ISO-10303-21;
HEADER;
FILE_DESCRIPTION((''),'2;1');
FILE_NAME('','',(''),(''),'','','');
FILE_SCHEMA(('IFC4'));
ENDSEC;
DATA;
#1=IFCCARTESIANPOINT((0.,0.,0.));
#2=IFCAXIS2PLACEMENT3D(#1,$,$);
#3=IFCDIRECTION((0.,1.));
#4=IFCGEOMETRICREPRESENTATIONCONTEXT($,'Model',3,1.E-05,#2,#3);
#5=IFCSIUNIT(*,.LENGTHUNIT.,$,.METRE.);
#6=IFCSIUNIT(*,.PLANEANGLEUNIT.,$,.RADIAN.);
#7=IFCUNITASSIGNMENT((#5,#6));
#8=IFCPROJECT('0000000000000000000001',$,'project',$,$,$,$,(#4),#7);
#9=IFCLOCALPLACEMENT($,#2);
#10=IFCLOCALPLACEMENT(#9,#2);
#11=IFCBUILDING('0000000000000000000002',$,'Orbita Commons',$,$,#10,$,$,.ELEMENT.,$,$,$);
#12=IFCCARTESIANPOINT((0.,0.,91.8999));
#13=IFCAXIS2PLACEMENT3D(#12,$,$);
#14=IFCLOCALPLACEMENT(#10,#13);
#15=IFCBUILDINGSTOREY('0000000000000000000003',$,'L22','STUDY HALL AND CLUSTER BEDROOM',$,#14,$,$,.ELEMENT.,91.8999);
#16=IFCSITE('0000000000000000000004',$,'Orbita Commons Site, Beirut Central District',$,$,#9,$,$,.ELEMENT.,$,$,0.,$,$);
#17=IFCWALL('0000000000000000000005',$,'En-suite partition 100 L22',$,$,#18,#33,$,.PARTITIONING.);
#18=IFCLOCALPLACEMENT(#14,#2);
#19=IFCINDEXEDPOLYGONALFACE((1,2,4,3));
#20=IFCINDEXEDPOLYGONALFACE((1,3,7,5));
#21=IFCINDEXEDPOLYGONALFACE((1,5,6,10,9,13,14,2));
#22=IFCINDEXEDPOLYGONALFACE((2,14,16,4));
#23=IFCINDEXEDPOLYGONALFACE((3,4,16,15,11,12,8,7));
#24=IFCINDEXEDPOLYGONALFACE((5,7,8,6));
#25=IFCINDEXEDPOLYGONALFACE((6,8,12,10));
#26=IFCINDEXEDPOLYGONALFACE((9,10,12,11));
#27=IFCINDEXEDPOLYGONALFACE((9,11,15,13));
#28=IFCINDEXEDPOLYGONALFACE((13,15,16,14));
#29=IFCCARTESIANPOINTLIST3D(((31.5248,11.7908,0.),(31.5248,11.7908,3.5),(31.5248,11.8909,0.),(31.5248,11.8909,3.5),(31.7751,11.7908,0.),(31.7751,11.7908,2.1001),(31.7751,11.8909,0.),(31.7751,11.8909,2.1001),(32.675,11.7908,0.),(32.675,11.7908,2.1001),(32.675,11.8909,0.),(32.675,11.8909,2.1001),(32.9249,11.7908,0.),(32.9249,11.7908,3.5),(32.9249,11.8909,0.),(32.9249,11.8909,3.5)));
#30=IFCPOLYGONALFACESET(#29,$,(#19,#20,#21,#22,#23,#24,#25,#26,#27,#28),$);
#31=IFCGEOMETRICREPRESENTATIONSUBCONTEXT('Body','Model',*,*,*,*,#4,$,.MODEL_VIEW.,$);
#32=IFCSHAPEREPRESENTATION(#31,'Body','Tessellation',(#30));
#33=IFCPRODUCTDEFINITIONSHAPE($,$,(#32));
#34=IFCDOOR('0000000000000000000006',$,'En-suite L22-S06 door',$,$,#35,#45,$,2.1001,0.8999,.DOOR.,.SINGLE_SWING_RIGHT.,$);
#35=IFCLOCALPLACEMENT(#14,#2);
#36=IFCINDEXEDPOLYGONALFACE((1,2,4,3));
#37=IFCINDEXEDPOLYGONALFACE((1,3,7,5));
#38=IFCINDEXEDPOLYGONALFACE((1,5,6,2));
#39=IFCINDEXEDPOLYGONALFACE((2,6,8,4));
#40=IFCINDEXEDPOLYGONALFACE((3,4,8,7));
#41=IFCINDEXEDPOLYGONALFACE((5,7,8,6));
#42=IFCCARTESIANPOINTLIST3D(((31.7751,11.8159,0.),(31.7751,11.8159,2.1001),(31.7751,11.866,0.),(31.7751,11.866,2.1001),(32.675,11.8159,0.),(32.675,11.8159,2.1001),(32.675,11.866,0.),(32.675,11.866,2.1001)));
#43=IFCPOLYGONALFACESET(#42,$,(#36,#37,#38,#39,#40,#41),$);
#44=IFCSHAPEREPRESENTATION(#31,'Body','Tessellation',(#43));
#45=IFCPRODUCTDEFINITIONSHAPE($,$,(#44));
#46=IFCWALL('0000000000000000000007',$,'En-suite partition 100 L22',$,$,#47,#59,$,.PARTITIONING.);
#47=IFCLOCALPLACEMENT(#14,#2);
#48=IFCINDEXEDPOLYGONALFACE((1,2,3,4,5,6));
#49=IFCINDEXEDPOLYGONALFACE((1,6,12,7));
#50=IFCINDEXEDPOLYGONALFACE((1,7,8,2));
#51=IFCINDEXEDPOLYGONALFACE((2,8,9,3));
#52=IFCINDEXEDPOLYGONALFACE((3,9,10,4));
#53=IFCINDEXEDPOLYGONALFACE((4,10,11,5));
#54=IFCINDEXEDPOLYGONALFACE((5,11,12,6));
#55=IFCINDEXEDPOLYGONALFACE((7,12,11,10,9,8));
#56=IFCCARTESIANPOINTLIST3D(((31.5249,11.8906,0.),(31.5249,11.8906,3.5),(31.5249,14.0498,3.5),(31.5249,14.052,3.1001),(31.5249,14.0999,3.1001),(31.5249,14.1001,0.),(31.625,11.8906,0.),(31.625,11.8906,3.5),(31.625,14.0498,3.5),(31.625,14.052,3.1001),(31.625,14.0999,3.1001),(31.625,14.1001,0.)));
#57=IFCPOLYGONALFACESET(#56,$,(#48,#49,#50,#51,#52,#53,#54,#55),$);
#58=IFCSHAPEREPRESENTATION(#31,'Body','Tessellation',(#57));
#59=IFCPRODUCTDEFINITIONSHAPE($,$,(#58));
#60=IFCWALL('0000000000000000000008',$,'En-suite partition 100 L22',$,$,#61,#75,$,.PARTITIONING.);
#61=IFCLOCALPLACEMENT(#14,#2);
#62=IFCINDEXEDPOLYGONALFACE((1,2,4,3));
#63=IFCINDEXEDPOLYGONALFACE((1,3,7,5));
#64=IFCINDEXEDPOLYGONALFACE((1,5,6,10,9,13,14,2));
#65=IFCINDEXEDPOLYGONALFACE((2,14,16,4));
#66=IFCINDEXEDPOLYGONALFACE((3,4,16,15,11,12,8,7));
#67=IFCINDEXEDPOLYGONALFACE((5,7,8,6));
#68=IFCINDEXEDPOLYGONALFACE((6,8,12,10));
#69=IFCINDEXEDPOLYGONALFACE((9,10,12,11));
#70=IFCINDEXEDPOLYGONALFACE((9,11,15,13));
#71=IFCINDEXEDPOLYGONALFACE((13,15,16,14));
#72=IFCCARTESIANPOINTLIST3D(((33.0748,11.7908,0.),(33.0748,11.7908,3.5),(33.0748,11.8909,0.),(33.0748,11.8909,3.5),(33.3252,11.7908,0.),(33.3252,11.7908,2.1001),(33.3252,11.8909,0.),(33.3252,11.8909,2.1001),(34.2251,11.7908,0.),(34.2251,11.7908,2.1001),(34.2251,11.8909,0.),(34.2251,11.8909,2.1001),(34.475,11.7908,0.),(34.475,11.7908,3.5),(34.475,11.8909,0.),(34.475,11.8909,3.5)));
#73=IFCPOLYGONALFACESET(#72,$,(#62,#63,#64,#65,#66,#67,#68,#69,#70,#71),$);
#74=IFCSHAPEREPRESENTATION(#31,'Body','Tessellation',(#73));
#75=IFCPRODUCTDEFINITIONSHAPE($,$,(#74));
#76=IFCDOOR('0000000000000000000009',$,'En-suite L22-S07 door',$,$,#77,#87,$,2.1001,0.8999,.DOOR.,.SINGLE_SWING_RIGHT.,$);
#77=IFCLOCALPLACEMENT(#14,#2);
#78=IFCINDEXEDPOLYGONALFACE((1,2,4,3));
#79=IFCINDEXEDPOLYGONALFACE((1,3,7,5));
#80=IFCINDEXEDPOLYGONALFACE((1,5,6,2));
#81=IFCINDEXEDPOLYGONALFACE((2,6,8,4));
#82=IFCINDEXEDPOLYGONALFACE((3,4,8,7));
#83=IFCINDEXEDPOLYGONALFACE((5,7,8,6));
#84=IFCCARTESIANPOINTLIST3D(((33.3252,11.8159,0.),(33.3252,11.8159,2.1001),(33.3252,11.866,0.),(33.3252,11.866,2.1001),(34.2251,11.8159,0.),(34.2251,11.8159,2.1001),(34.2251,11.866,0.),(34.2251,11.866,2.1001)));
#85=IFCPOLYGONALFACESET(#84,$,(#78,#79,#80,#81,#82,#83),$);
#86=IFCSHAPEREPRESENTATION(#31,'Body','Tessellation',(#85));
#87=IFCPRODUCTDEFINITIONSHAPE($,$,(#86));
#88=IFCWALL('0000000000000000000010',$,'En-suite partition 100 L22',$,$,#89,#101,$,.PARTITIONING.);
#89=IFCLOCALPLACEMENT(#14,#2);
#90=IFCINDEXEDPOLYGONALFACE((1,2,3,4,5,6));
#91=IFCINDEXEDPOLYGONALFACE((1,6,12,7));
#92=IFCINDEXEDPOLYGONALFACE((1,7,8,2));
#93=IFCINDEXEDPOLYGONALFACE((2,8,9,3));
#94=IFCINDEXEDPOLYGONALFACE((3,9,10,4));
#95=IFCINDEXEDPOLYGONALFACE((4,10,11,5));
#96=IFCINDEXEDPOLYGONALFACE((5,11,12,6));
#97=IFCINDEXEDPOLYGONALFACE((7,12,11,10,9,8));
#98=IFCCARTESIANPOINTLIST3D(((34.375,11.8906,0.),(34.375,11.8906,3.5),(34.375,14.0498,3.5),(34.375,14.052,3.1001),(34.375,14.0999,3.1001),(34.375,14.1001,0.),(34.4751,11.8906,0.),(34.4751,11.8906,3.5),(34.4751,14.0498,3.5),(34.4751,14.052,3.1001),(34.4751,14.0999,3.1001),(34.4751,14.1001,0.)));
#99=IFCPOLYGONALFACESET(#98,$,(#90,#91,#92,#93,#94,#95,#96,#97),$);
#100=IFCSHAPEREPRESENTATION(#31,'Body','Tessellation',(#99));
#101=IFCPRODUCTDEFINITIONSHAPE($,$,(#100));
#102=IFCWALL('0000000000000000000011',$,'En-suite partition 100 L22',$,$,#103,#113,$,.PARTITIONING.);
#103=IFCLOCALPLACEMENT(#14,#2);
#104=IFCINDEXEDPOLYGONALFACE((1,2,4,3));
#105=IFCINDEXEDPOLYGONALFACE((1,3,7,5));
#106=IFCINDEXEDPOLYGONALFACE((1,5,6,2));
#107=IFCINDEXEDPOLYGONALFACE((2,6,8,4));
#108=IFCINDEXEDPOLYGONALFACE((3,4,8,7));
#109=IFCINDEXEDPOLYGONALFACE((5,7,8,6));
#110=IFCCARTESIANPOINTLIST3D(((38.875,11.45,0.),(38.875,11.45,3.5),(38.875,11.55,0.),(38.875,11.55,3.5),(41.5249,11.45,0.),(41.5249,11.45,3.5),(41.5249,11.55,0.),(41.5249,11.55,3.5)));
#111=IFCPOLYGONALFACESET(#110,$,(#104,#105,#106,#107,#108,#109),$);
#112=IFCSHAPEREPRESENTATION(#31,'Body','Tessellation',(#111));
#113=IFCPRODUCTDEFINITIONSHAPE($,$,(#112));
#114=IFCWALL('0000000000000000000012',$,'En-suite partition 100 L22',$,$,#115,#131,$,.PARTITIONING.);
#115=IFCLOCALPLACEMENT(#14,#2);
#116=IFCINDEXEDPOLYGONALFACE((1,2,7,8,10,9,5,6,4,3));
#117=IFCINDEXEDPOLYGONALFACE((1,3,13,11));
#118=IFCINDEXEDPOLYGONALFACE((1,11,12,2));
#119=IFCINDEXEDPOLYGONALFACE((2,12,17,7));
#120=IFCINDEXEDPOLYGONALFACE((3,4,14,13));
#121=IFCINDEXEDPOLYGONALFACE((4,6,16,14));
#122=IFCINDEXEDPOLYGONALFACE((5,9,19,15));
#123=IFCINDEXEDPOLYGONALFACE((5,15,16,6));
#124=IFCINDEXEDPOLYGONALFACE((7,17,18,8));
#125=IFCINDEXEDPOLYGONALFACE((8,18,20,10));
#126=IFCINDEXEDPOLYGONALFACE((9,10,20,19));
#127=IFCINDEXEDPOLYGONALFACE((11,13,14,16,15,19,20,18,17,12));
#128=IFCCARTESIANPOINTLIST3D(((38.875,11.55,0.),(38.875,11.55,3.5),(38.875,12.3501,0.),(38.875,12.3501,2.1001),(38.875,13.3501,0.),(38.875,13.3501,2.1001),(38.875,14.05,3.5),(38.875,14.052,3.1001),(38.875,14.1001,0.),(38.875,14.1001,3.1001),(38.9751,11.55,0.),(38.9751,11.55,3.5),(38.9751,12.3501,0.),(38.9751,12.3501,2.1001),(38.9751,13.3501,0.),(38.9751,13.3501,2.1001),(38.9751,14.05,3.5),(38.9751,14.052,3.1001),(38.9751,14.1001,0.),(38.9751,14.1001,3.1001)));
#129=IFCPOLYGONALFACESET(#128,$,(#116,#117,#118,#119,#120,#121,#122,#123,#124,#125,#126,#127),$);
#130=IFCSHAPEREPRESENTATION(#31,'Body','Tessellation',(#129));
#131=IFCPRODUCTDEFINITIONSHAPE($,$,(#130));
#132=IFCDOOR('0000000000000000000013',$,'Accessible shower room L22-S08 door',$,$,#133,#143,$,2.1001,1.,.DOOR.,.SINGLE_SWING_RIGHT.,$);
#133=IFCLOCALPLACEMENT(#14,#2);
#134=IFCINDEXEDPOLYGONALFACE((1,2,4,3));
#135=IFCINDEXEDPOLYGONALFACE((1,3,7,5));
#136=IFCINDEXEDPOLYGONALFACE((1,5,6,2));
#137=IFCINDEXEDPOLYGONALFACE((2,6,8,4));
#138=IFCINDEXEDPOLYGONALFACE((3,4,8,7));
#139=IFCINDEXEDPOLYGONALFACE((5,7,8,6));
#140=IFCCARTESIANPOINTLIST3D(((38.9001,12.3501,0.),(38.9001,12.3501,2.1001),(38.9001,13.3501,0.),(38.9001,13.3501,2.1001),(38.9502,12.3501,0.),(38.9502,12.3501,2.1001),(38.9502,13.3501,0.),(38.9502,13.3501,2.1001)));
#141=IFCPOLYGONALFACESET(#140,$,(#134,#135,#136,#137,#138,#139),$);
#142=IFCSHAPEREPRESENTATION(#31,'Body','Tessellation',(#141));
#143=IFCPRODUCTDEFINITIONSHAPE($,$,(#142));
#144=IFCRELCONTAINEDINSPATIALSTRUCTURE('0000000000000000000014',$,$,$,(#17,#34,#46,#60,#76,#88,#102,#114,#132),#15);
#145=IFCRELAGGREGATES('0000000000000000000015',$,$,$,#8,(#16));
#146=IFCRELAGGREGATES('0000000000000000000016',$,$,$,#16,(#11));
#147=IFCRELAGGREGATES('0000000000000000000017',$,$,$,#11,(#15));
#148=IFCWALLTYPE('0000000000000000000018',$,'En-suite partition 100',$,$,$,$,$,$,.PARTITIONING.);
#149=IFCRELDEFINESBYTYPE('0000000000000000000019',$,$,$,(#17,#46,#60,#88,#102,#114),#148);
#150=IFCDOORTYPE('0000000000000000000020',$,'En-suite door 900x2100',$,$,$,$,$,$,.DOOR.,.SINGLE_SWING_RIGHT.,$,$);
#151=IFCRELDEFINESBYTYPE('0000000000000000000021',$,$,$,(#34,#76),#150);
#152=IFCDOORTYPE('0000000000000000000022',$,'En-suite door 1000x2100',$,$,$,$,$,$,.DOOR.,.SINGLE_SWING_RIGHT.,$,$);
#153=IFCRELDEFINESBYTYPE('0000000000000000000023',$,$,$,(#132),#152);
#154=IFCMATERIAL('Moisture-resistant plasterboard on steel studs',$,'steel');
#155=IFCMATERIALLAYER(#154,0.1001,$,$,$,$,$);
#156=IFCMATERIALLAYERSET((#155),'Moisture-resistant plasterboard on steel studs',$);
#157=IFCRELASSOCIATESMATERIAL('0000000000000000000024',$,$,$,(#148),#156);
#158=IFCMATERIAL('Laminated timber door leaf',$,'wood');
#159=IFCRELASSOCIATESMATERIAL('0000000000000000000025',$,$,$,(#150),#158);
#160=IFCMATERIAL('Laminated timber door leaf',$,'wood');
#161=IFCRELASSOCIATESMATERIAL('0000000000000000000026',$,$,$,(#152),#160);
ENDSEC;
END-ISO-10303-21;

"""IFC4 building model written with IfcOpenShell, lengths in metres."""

from ifc_helpers import new_model, si_unit, direction, frame, frame_2d, origin, place, context, subcontext, project, spatial, polyline, rectangle, outline, extrude, material, layer, layer_set, type_object, element, fill, save


model = new_model("IFC4")

# Units and contexts
model_context = context("Model", 3, precision=1e-05, world=origin(), true_north=direction((0.0, 1.0)))
body_context = subcontext(model_context, "Body", "Model", "MODEL_VIEW")
ifc_project = project(units=[si_unit("LENGTHUNIT", "METRE"), si_unit("PLANEANGLEUNIT", "RADIAN")], contexts=[model_context])

# Site, building, storey
site_placement = place(None, origin())
site = spatial("IfcSite", under=ifc_project, at=site_placement, Name="Orbita Commons Site, Beirut Central District", CompositionType="ELEMENT", RefElevation=0.0)
building_placement = place(site_placement, origin())
building = spatial("IfcBuilding", under=site, at=building_placement, Name="Orbita Commons", CompositionType="ELEMENT")
storey_placement = place(building_placement, frame((0.0, 0.0, 91.8999)))
storey = spatial("IfcBuildingStorey", under=building, at=storey_placement, Name="L22", Description="STUDY HALL AND CLUSTER BEDROOM", CompositionType="ELEMENT", Elevation=91.8999)

# Wall, opening, door
ifc_material_1 = material(Name="Moisture-resistant plasterboard on steel studs", Category="steel")
ifc_layer_1 = layer(ifc_material_1, 0.1001)
ifc_layer_set_1 = layer_set([ifc_layer_1], Name="Moisture-resistant plasterboard on steel studs")
wall_type_1 = type_object("IfcWallType", Name="En-suite partition 100", PredefinedType="PARTITIONING", material=ifc_layer_set_1)
wall_1_placement = place(storey_placement, frame((32.925, 11.8408, 0.0), z_axis=(0.0, 0.0, 1.0), x_axis=(-1.0, 0.0, 0.0)))
wall_1 = element("IfcWall", 1, at=wall_1_placement, inside=storey, type_object=wall_type_1, Name="En-suite partition 100 L22", PredefinedType="PARTITIONING", context=body_context, shape_type="SweptSolid", body=[
    extrude(rectangle(XDim=1.4001, YDim=0.1001, at=frame_2d((0.7002, 0.0))), origin(), (0.0, 0.0, 1.0), 3.5),
])
opening_1_placement = place(wall_1_placement, frame((0.25, 0.0, 0.0)))
opening_1 = element("IfcOpeningElement", 2, at=opening_1_placement, cuts=wall_1, PredefinedType="OPENING", context=body_context, shape_type="SweptSolid", body=[
    extrude(rectangle(XDim=0.8999, YDim=2.1001, at=frame_2d((0.45, 1.05))), frame((0.0, 0.0601, 0.0), z_axis=(0.0, -1.0, 0.0), x_axis=(1.0, 0.0, 0.0)), (0.0, 0.0, 1.0), 0.1201),
])
ifc_material_2 = material(Name="Laminated timber door leaf", Category="wood")
door_type_1 = type_object("IfcDoorType", Name="En-suite door 900x2100", OperationType="SINGLE_SWING_RIGHT", PredefinedType="DOOR", material=ifc_material_2)
door_1_placement = place(opening_1_placement, origin())
door_1 = element("IfcDoor", 3, at=door_1_placement, inside=storey, type_object=door_type_1, Name="En-suite L22-S06 door", OperationType="SINGLE_SWING_RIGHT", OverallHeight=2.1001, OverallWidth=0.8999, PredefinedType="DOOR", context=body_context, shape_type="SweptSolid", body=[
    extrude(rectangle(XDim=0.8999, YDim=2.1001, at=frame_2d((0.45, 1.05))), frame((0.0, 0.0249, 0.0), z_axis=(0.0, -1.0, 0.0), x_axis=(1.0, 0.0, 0.0)), (0.0, 0.0, 1.0), 0.05),
])
fill(opening_1, door_1)

# Wall
wall_2_placement = place(storey_placement, frame((31.575, 11.8906, 0.0), z_axis=(0.0, 0.0, 1.0), x_axis=(0.0, 1.0, 0.0)))
element("IfcWall", 4, at=wall_2_placement, inside=storey, type_object=wall_type_1, Name="En-suite partition 100 L22", PredefinedType="PARTITIONING", context=body_context, shape_type="SweptSolid", body=[
    extrude(outline(polyline([(0.0, 0.0), (2.2095, 0.0), (2.2092, 3.1001), (2.1614, 3.1001), (2.1592, 3.5), (0.0, 3.5), (0.0, 0.0)])), frame((0.0, 0.05, 0.0), z_axis=(0.0, -1.0, 0.0), x_axis=(1.0, 0.0, 0.0)), (0.0, 0.0, 1.0), 0.1001),
])

# Wall, opening, door
wall_3_placement = place(storey_placement, frame((34.4751, 11.8408, 0.0), z_axis=(0.0, 0.0, 1.0), x_axis=(-1.0, 0.0, 0.0)))
wall_3 = element("IfcWall", 5, at=wall_3_placement, inside=storey, type_object=wall_type_1, Name="En-suite partition 100 L22", PredefinedType="PARTITIONING", context=body_context, shape_type="SweptSolid", body=[
    extrude(rectangle(XDim=1.4001, YDim=0.1001, at=frame_2d((0.7002, 0.0))), origin(), (0.0, 0.0, 1.0), 3.5),
])
opening_2_placement = place(wall_3_placement, frame((0.25, 0.0, 0.0)))
opening_2 = element("IfcOpeningElement", 6, at=opening_2_placement, cuts=wall_3, PredefinedType="OPENING", context=body_context, shape_type="SweptSolid", body=[
    extrude(rectangle(XDim=0.8999, YDim=2.1001, at=frame_2d((0.45, 1.05))), frame((0.0, 0.0601, 0.0), z_axis=(0.0, -1.0, 0.0), x_axis=(1.0, 0.0, 0.0)), (0.0, 0.0, 1.0), 0.1201),
])
door_2_placement = place(opening_2_placement, origin())
door_2 = element("IfcDoor", 7, at=door_2_placement, inside=storey, type_object=door_type_1, Name="En-suite L22-S07 door", OperationType="SINGLE_SWING_RIGHT", OverallHeight=2.1001, OverallWidth=0.8999, PredefinedType="DOOR", context=body_context, shape_type="SweptSolid", body=[
    extrude(rectangle(XDim=0.8999, YDim=2.1001, at=frame_2d((0.45, 1.05))), frame((0.0, 0.0249, 0.0), z_axis=(0.0, -1.0, 0.0), x_axis=(1.0, 0.0, 0.0)), (0.0, 0.0, 1.0), 0.05),
])
fill(opening_2, door_2)

# Walls
wall_4_placement = place(storey_placement, frame((34.425, 11.8906, 0.0), z_axis=(0.0, 0.0, 1.0), x_axis=(0.0, 1.0, 0.0)))
element("IfcWall", 8, at=wall_4_placement, inside=storey, type_object=wall_type_1, Name="En-suite partition 100 L22", PredefinedType="PARTITIONING", context=body_context, shape_type="SweptSolid", body=[
    extrude(outline(polyline([(0.0, 0.0), (2.2095, 0.0), (2.2092, 3.1001), (2.1614, 3.1001), (2.1592, 3.5), (0.0, 3.5), (0.0, 0.0)])), frame((0.0, 0.05, 0.0), z_axis=(0.0, -1.0, 0.0), x_axis=(1.0, 0.0, 0.0)), (0.0, 0.0, 1.0), 0.1001),
])
wall_5_placement = place(storey_placement, frame((38.875, 11.5, 0.0), z_axis=(0.0, 0.0, 1.0), x_axis=(1.0, 0.0, 0.0)))
element("IfcWall", 9, at=wall_5_placement, inside=storey, type_object=wall_type_1, Name="En-suite partition 100 L22", PredefinedType="PARTITIONING", context=body_context, shape_type="SweptSolid", body=[
    extrude(rectangle(XDim=2.6499, YDim=0.1001, at=frame_2d((1.325, 0.0))), origin(), (0.0, 0.0, 1.0), 3.5),
])

# Wall, opening, door
wall_6_placement = place(storey_placement, frame((38.925, 11.55, 0.0), z_axis=(0.0, 0.0, 1.0), x_axis=(0.0, 1.0, 0.0)))
wall_6 = element("IfcWall", 10, at=wall_6_placement, inside=storey, type_object=wall_type_1, Name="En-suite partition 100 L22", PredefinedType="PARTITIONING", context=body_context, shape_type="SweptSolid", body=[
    extrude(outline(polyline([(0.0, 0.0), (2.55, 0.0), (2.55, 3.1001), (2.502, 3.1001), (2.5, 3.5), (0.0, 3.5), (0.0, 0.0)])), frame((0.0, 0.05, 0.0), z_axis=(0.0, -1.0, 0.0), x_axis=(1.0, 0.0, 0.0)), (0.0, 0.0, 1.0), 0.1001),
])
opening_3_placement = place(wall_6_placement, frame((0.8, 0.0, 0.0)))
opening_3 = element("IfcOpeningElement", 11, at=opening_3_placement, cuts=wall_6, PredefinedType="OPENING", context=body_context, shape_type="SweptSolid", body=[
    extrude(rectangle(XDim=1.0, YDim=2.1001, at=frame_2d((0.5, 1.05))), frame((0.0, 0.0601, 0.0), z_axis=(0.0, -1.0, 0.0), x_axis=(1.0, 0.0, 0.0)), (0.0, 0.0, 1.0), 0.1201),
])
ifc_material_3 = material(Name="Laminated timber door leaf", Category="wood")
door_type_2 = type_object("IfcDoorType", Name="En-suite door 1000x2100", OperationType="SINGLE_SWING_RIGHT", PredefinedType="DOOR", material=ifc_material_3)
door_3_placement = place(opening_3_placement, origin())
door_3 = element("IfcDoor", 12, at=door_3_placement, inside=storey, type_object=door_type_2, Name="Accessible shower room L22-S08 door", OperationType="SINGLE_SWING_RIGHT", OverallHeight=2.1001, OverallWidth=1.0, PredefinedType="DOOR", context=body_context, shape_type="SweptSolid", body=[
    extrude(rectangle(XDim=1.0, YDim=2.1001, at=frame_2d((0.5, 1.05))), frame((0.0, 0.0249, 0.0), z_axis=(0.0, -1.0, 0.0), x_axis=(1.0, 0.0, 0.0)), (0.0, 0.0, 1.0), 0.05),
])
fill(opening_3, door_3)

save(model, "model.ifc")
